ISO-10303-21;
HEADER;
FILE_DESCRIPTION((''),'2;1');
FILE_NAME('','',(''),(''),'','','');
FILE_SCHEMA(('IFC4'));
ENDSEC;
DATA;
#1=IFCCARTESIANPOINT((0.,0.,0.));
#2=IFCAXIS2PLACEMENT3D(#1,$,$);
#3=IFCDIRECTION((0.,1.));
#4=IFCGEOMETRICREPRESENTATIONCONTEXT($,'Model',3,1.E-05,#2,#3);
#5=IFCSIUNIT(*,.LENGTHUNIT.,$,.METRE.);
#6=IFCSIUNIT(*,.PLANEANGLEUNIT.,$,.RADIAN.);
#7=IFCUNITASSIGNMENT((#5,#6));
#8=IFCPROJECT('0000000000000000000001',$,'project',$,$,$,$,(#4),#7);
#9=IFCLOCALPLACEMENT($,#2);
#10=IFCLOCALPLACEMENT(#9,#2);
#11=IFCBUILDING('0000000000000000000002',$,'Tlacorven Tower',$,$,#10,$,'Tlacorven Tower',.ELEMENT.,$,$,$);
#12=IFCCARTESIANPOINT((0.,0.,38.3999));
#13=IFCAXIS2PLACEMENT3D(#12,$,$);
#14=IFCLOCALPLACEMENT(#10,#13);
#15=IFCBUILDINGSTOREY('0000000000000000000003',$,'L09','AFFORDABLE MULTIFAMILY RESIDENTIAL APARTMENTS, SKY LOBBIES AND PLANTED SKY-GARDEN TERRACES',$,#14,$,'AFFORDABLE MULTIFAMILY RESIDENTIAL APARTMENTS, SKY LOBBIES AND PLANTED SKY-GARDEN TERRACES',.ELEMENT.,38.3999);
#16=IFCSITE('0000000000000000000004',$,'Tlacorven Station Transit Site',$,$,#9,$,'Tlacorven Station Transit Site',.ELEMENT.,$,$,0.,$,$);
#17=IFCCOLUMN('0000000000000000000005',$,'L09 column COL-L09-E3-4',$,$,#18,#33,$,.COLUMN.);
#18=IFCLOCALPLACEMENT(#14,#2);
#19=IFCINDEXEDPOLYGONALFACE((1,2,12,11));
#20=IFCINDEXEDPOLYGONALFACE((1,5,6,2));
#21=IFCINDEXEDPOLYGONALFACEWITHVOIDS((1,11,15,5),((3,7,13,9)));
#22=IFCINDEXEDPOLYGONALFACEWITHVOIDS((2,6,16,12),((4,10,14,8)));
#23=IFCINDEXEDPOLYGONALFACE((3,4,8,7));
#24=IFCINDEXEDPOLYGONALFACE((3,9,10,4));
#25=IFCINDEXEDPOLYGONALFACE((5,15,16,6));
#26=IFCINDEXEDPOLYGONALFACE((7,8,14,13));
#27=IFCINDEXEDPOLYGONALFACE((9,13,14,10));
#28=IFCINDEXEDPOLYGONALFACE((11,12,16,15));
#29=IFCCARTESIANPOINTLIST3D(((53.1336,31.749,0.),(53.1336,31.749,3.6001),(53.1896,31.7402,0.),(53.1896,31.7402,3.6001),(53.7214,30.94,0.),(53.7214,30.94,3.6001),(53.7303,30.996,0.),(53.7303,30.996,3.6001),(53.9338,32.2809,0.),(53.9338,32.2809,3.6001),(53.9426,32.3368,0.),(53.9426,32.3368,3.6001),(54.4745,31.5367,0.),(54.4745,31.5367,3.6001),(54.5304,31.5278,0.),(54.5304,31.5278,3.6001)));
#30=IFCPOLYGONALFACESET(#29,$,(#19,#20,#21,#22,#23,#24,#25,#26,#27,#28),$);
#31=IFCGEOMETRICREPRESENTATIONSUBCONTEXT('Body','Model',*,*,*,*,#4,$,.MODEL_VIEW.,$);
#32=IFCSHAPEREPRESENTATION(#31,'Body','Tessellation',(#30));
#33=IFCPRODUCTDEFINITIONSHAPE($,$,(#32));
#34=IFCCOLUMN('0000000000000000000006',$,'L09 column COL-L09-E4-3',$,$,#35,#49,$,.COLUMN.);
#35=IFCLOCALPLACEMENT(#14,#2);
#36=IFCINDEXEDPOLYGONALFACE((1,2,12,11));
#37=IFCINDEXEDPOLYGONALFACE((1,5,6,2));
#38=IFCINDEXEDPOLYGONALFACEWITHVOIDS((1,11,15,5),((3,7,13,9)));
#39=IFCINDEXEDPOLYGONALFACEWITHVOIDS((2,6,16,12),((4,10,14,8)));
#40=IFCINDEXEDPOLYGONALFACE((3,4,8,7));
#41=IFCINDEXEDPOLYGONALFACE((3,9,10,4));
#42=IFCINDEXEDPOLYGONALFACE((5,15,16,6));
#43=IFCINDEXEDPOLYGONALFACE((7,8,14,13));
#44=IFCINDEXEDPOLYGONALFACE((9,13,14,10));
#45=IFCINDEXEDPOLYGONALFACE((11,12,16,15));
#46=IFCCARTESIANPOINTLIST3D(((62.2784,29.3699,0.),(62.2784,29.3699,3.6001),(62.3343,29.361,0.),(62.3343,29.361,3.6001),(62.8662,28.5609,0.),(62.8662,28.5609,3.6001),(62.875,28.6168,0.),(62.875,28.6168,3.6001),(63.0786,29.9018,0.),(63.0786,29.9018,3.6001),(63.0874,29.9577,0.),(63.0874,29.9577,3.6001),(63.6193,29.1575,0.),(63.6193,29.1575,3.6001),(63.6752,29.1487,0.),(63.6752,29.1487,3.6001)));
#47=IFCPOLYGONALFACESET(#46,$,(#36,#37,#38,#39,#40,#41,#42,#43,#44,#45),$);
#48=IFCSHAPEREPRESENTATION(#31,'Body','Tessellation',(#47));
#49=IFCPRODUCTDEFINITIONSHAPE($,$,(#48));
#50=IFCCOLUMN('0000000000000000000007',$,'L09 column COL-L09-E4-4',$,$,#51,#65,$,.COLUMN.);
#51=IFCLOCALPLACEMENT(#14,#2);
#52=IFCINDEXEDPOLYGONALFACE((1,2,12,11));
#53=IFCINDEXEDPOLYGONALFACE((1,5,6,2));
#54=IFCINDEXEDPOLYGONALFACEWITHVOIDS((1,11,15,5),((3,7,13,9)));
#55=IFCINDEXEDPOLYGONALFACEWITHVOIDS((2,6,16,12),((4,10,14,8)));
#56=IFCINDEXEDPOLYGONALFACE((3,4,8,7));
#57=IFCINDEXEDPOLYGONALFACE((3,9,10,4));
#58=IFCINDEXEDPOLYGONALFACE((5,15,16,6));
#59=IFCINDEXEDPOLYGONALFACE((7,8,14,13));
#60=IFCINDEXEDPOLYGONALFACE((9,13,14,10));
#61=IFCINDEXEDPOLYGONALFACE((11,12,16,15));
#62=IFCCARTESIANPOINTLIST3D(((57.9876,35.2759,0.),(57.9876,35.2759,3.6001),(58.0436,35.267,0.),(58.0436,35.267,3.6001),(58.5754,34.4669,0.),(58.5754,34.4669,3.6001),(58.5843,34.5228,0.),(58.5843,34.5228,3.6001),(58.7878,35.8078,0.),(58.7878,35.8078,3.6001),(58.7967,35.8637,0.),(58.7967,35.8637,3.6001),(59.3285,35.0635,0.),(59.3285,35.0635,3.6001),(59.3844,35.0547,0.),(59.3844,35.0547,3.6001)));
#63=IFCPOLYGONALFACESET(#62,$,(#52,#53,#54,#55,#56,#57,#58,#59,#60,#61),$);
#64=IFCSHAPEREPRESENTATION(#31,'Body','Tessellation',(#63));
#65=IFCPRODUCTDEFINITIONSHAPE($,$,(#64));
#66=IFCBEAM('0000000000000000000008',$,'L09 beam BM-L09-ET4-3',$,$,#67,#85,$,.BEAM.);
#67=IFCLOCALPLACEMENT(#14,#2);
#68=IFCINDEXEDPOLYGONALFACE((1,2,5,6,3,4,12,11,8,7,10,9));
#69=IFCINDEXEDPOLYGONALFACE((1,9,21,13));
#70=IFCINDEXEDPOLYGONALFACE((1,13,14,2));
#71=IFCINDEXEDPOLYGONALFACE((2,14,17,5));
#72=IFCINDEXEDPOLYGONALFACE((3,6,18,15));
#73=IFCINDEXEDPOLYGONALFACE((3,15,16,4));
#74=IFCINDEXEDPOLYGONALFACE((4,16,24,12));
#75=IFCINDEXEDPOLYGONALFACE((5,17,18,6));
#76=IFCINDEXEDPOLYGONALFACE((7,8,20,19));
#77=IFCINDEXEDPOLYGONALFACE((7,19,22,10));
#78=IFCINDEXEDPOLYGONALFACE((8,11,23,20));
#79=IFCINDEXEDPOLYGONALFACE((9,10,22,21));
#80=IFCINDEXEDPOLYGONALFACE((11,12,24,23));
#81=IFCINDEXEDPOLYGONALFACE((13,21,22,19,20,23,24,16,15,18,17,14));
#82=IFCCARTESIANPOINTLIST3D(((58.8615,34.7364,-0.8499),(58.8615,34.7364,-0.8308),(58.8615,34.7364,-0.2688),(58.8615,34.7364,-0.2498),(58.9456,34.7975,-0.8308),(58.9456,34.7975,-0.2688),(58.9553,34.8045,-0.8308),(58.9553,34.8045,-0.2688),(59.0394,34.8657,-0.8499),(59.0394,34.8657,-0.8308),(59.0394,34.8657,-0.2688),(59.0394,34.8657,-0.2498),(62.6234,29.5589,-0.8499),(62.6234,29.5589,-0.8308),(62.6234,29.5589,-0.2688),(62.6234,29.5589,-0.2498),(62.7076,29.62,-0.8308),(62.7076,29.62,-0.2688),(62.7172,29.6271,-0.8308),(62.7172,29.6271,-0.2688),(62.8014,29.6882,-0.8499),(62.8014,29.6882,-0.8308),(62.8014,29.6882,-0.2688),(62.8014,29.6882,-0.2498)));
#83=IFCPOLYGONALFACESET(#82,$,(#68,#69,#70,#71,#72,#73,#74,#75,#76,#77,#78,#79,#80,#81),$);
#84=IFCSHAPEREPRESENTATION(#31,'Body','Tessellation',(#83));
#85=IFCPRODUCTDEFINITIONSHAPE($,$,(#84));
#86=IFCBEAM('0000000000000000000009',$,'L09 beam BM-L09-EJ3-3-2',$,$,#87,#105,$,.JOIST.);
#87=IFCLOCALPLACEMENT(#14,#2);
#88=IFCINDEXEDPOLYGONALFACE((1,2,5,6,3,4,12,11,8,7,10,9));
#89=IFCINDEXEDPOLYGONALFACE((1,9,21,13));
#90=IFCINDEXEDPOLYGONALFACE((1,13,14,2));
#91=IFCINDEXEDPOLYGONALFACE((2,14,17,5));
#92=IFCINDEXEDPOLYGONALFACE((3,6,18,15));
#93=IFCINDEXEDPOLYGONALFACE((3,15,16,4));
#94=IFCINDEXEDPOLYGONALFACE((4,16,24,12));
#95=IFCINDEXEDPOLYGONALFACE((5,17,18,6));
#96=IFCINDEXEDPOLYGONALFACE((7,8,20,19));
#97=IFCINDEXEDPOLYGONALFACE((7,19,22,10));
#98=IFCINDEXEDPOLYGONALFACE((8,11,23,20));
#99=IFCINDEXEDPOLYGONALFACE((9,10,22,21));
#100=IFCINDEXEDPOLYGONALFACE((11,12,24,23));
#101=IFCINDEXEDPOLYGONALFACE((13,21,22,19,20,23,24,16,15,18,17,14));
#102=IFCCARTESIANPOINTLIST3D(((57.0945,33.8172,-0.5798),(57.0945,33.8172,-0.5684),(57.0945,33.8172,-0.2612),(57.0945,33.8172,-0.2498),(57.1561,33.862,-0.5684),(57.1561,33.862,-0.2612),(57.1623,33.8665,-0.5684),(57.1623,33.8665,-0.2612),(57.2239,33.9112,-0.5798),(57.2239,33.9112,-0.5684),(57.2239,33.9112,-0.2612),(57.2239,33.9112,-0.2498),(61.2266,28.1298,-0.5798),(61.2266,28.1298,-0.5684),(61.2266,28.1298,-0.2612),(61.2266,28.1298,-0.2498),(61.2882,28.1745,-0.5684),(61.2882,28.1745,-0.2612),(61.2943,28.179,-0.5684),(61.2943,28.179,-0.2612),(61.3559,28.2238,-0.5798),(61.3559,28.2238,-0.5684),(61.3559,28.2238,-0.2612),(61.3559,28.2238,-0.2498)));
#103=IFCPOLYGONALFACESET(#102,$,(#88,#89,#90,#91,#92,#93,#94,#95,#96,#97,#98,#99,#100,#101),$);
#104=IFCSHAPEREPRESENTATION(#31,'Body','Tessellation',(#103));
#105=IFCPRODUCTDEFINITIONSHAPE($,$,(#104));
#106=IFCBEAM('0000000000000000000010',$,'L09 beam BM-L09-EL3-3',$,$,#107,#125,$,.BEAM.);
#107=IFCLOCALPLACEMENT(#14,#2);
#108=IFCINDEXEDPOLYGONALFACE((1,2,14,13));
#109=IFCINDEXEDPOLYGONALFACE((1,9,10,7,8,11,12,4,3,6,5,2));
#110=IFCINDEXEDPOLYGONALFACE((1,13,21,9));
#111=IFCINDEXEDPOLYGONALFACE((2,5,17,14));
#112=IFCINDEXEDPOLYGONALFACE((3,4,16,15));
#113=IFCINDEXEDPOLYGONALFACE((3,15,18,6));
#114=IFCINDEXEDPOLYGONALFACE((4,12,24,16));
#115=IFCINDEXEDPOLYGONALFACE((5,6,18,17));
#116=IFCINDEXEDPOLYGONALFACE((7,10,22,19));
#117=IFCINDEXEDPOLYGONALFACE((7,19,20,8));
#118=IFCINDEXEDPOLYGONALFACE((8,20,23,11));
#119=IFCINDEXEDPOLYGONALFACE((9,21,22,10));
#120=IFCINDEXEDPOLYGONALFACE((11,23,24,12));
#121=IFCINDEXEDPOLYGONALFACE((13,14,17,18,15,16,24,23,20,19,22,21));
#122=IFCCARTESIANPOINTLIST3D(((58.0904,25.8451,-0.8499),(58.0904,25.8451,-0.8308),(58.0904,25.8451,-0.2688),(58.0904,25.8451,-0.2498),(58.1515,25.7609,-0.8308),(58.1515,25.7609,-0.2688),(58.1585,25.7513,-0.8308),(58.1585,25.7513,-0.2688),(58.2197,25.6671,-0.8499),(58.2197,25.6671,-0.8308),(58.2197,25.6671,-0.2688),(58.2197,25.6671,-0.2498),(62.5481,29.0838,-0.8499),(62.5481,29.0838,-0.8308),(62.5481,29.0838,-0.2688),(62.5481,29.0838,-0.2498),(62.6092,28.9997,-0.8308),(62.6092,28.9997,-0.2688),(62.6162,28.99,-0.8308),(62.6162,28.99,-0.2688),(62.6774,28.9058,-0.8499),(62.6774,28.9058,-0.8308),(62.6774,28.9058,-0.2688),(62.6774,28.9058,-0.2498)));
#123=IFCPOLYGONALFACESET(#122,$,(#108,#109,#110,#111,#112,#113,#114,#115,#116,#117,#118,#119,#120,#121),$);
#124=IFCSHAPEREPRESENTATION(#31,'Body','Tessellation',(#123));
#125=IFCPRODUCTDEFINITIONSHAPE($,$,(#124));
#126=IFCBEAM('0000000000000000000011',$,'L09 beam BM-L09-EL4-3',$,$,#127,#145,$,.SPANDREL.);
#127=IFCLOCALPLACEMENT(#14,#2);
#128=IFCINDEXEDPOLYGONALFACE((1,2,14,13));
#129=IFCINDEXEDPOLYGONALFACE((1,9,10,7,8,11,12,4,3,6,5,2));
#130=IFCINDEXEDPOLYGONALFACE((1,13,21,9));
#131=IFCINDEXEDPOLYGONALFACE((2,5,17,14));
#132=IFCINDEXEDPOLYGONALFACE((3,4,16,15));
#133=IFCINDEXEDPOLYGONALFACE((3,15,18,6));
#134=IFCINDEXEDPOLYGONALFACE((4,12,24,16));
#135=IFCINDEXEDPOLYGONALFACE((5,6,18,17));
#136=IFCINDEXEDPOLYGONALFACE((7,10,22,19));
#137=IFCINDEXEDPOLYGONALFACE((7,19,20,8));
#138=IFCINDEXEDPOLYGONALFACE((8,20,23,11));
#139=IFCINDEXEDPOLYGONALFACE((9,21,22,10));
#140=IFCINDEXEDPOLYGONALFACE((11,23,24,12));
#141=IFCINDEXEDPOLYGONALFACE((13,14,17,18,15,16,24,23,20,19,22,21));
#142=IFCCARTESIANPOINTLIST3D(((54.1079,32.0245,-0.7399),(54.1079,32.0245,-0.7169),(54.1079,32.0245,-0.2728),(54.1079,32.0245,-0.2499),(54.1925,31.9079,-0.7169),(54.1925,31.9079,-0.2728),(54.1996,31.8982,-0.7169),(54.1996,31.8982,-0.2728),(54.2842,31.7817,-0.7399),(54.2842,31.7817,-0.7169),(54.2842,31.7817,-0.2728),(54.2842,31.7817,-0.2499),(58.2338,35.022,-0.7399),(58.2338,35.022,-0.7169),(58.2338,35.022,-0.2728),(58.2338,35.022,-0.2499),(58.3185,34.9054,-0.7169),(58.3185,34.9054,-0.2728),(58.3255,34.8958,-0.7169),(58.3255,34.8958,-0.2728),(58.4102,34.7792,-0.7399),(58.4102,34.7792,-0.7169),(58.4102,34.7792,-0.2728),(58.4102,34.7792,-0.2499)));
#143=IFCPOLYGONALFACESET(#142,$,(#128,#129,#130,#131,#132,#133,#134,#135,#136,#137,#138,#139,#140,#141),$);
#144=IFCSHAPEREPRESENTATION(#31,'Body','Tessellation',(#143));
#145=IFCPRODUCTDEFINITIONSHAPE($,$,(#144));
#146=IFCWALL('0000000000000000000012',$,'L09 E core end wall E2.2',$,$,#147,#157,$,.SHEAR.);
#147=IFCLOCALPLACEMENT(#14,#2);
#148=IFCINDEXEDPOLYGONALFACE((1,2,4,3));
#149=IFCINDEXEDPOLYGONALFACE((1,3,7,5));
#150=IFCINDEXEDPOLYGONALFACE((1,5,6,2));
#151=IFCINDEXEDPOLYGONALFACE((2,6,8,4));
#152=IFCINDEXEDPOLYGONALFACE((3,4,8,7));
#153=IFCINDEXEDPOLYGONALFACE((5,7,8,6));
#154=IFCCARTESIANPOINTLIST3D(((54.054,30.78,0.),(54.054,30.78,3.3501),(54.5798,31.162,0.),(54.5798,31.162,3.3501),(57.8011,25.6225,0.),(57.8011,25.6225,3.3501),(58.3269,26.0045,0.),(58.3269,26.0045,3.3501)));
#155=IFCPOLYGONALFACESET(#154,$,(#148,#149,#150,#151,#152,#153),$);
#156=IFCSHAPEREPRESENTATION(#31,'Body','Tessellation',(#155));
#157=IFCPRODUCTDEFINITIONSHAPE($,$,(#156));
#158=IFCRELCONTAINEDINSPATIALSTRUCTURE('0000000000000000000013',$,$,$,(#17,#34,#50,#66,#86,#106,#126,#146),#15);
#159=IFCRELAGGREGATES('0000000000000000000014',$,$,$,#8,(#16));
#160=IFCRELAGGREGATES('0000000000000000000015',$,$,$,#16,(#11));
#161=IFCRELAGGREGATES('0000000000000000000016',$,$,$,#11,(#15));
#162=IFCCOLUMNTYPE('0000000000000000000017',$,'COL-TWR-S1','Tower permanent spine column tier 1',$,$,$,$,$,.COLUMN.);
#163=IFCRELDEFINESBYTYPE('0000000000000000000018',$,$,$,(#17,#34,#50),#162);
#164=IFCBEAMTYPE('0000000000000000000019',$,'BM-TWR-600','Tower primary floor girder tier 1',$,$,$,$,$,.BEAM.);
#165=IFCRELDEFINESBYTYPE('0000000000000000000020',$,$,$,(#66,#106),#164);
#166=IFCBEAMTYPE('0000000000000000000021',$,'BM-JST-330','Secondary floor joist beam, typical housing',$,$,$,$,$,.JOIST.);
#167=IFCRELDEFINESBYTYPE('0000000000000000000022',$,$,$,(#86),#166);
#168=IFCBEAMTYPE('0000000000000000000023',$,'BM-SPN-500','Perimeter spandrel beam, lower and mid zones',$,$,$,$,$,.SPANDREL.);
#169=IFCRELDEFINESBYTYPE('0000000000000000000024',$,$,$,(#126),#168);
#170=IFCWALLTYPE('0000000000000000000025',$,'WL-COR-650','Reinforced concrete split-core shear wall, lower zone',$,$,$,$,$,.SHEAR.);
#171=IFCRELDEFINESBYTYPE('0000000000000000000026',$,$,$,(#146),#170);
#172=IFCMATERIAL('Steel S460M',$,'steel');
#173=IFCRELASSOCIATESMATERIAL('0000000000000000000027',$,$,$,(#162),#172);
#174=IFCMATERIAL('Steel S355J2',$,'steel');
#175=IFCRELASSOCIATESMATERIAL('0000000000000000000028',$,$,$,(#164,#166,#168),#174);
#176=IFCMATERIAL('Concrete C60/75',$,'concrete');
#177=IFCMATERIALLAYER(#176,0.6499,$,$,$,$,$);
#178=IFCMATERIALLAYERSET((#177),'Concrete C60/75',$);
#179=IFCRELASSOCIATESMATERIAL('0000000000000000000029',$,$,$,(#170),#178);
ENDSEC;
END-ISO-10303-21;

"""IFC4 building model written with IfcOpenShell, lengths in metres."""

from ifc_helpers import new_model, si_unit, direction, frame, frame_2d, origin, origin_2d, place, context, subcontext, project, spatial, rectangle, hollow_rectangle, i_section, extrude, source, transform, mapped, material, layer, layer_set, material_profile, profile_set, type_object, element, save


model = new_model("IFC4")

# Units and contexts
model_context = context("Model", 3, precision=1e-05, world=origin(), true_north=direction((0.0, 1.0)))
body_context = subcontext(model_context, "Body", "Model", "MODEL_VIEW")
ifc_project = project(units=[si_unit("LENGTHUNIT", "METRE"), si_unit("PLANEANGLEUNIT", "RADIAN")], contexts=[model_context])

# Site, building, storey
site_placement = place(None, origin())
site = spatial("IfcSite", under=ifc_project, at=site_placement, Name="Tlacorven Station Transit Site", LongName="Tlacorven Station Transit Site", CompositionType="ELEMENT", RefElevation=0.0)
building_placement = place(site_placement, origin())
building = spatial("IfcBuilding", under=site, at=building_placement, Name="Tlacorven Tower", LongName="Tlacorven Tower", CompositionType="ELEMENT")
storey_placement = place(building_placement, frame((0.0, 0.0, 38.3999)))
storey = spatial("IfcBuildingStorey", under=building, at=storey_placement, Name="L09", Description="AFFORDABLE MULTIFAMILY RESIDENTIAL APARTMENTS, SKY LOBBIES AND PLANTED SKY-GARDEN TERRACES", LongName="AFFORDABLE MULTIFAMILY RESIDENTIAL APARTMENTS, SKY LOBBIES AND PLANTED SKY-GARDEN TERRACES", CompositionType="ELEMENT", Elevation=38.3999)

# Columns
ifc_material_1 = material(Name="Steel S460M", Category="steel")
ifc_material_profile_1 = material_profile(ifc_material_1, hollow_rectangle(XDim=1.0, YDim=1.0, WallThickness=0.04, at=origin_2d()), Name="BOX 1000X1000X40")
ifc_profile_set_1 = profile_set([ifc_material_profile_1], Name="Steel S460M")
column_type = type_object("IfcColumnType", Name="COL-TWR-S1", Description="Tower permanent spine column tier 1", PredefinedType="COLUMN", material=ifc_profile_set_1)
shared_shape_1 = source(origin(), body_context, "Body", "SweptSolid", [
    extrude(hollow_rectangle(XDim=1.0, YDim=1.0, WallThickness=0.04, at=origin_2d()), origin(), (0.0, 0.0, 1.0), 3.6001),
])
for number, where, z_axis, x_axis, name in (
    (1, (53.832, 31.6384, 0.0), (0.0, 0.0, 1.0), (0.809017, 0.587785, 0.0), "L09 column COL-L09-E3-4"),
    (2, (62.9768, 29.2593, 0.0), (0.0, 0.0, 1.0), (0.809017, 0.587785, 0.0), "L09 column COL-L09-E4-3"),
    (3, (58.686, 35.1653, 0.0), (0.0, 0.0, 1.0), (0.809017, 0.587785, 0.0), "L09 column COL-L09-E4-4"),
):
    element("IfcColumn", number, at=place(storey_placement, frame(where, z_axis=z_axis, x_axis=x_axis)), inside=storey, type_object=column_type, Name=name, PredefinedType="COLUMN", context=body_context, shape_type="MappedRepresentation", body=[
        mapped(shared_shape_1, transform((0.0, 0.0, 0.0), scale=1.0)),
    ])

# Beams
ifc_material_2 = material(Name="Steel S355J2", Category="steel")
ifc_material_profile_2 = material_profile(ifc_material_2, i_section(OverallWidth=0.22, OverallDepth=0.6001, WebThickness=0.012, FlangeThickness=0.019, at=origin_2d()), Name="IPE 600")
ifc_profile_set_2 = profile_set([ifc_material_profile_2], Name="Steel S355J2")
beam_type_1 = type_object("IfcBeamType", Name="BM-TWR-600", Description="Tower primary floor girder tier 1", PredefinedType="BEAM", material=ifc_profile_set_2)
shared_shape_2 = source(origin(), body_context, "Body", "SweptSolid", [
    extrude(i_section(OverallWidth=0.22, OverallDepth=0.6001, WebThickness=0.012, FlangeThickness=0.019, at=origin_2d()), origin(), (0.0, 0.0, 1.0), 6.3999),
])
beam_1_placement = place(storey_placement, frame((62.7124, 29.6235, -0.5498), z_axis=(-0.587816, 0.808995, 0.0), x_axis=(-0.808995, -0.587816, 0.0)))
element("IfcBeam", 4, at=beam_1_placement, inside=storey, type_object=beam_type_1, Name="L09 beam BM-L09-ET4-3", PredefinedType="BEAM", context=body_context, shape_type="MappedRepresentation", body=[
    mapped(shared_shape_2, transform((0.0, 0.0, 0.0), scale=1.0)),
])
ifc_material_profile_3 = material_profile(ifc_material_2, i_section(OverallWidth=0.1599, OverallDepth=0.3301, WebThickness=0.0076, FlangeThickness=0.0115, at=origin_2d()), Name="IPE 330")
ifc_profile_set_3 = profile_set([ifc_material_profile_3], Name="Steel S355J2")
beam_type_2 = type_object("IfcBeamType", Name="BM-JST-330", Description="Secondary floor joist beam, typical housing", PredefinedType="JOIST", material=ifc_profile_set_3)
shared_shape_3 = source(origin(), body_context, "Body", "SweptSolid", [
    extrude(i_section(OverallWidth=0.1599, OverallDepth=0.3301, WebThickness=0.0076, FlangeThickness=0.0115, at=origin_2d()), origin(), (0.0, 0.0, 1.0), 7.03),
])
beam_2_placement = place(storey_placement, frame((61.2913, 28.1768, -0.4148), z_axis=(-0.587773, 0.809026, 0.0), x_axis=(-0.809026, -0.587773, 0.0)))
element("IfcBeam", 5, at=beam_2_placement, inside=storey, type_object=beam_type_2, Name="L09 beam BM-L09-EJ3-3-2", PredefinedType="JOIST", context=body_context, shape_type="MappedRepresentation", body=[
    mapped(shared_shape_3, transform((0.0, 0.0, 0.0), scale=1.0)),
])
shared_shape_4 = source(origin(), body_context, "Body", "SweptSolid", [
    extrude(i_section(OverallWidth=0.22, OverallDepth=0.6001, WebThickness=0.012, FlangeThickness=0.019, at=origin_2d()), origin(), (0.0, 0.0, 1.0), 5.51),
])
beam_3_placement = place(storey_placement, frame((58.155, 25.7561, -0.5498), z_axis=(0.809016, 0.587787, 0.0), x_axis=(-0.587787, 0.809016, 0.0)))
element("IfcBeam", 6, at=beam_3_placement, inside=storey, type_object=beam_type_1, Name="L09 beam BM-L09-EL3-3", PredefinedType="BEAM", context=body_context, shape_type="MappedRepresentation", body=[
    mapped(shared_shape_4, transform((0.0, 0.0, 0.0), scale=1.0)),
])
ifc_material_profile_4 = material_profile(ifc_material_2, i_section(OverallWidth=0.3, OverallDepth=0.49, WebThickness=0.012, FlangeThickness=0.0229, at=origin_2d()), Name="HEA 500")
ifc_profile_set_4 = profile_set([ifc_material_profile_4], Name="Steel S355J2")
beam_type_3 = type_object("IfcBeamType", Name="BM-SPN-500", Description="Perimeter spandrel beam, lower and mid zones", PredefinedType="SPANDREL", material=ifc_profile_set_4)
shared_shape_5 = source(origin(), body_context, "Body", "SweptSolid", [
    extrude(i_section(OverallWidth=0.3, OverallDepth=0.49, WebThickness=0.012, FlangeThickness=0.0229, at=origin_2d()), origin(), (0.0, 0.0, 1.0), 5.0999),
])
beam_4_placement = place(storey_placement, frame((54.196, 31.9031, -0.4949), z_axis=(0.80903, 0.587767, 0.0), x_axis=(-0.587767, 0.80903, 0.0)))
element("IfcBeam", 7, at=beam_4_placement, inside=storey, type_object=beam_type_3, Name="L09 beam BM-L09-EL4-3", PredefinedType="SPANDREL", context=body_context, shape_type="MappedRepresentation", body=[
    mapped(shared_shape_5, transform((0.0, 0.0, 0.0), scale=1.0)),
])

# Wall
ifc_material_3 = material(Name="Concrete C60/75", Category="concrete")
ifc_layer_1 = layer(ifc_material_3, 0.6499)
ifc_layer_set_1 = layer_set([ifc_layer_1], Name="Concrete C60/75")
wall_type_1 = type_object("IfcWallType", Name="WL-COR-650", Description="Reinforced concrete split-core shear wall, lower zone", PredefinedType="SHEAR", material=ifc_layer_set_1)
wall_1_placement = place(storey_placement, frame((58.064, 25.8135, 0.0), z_axis=(0.0, 0.0, 1.0), x_axis=(-0.58778, 0.809021, 0.0)))
element("IfcWall", 8, at=wall_1_placement, inside=storey, type_object=wall_type_1, Name="L09 E core end wall E2.2", PredefinedType="SHEAR", context=body_context, shape_type="SweptSolid", body=[
    extrude(rectangle(XDim=6.375, YDim=0.6499, at=frame_2d((3.1875, 0.0))), origin(), (0.0, 0.0, 1.0), 3.3501),
])

save(model, "model.ifc")
